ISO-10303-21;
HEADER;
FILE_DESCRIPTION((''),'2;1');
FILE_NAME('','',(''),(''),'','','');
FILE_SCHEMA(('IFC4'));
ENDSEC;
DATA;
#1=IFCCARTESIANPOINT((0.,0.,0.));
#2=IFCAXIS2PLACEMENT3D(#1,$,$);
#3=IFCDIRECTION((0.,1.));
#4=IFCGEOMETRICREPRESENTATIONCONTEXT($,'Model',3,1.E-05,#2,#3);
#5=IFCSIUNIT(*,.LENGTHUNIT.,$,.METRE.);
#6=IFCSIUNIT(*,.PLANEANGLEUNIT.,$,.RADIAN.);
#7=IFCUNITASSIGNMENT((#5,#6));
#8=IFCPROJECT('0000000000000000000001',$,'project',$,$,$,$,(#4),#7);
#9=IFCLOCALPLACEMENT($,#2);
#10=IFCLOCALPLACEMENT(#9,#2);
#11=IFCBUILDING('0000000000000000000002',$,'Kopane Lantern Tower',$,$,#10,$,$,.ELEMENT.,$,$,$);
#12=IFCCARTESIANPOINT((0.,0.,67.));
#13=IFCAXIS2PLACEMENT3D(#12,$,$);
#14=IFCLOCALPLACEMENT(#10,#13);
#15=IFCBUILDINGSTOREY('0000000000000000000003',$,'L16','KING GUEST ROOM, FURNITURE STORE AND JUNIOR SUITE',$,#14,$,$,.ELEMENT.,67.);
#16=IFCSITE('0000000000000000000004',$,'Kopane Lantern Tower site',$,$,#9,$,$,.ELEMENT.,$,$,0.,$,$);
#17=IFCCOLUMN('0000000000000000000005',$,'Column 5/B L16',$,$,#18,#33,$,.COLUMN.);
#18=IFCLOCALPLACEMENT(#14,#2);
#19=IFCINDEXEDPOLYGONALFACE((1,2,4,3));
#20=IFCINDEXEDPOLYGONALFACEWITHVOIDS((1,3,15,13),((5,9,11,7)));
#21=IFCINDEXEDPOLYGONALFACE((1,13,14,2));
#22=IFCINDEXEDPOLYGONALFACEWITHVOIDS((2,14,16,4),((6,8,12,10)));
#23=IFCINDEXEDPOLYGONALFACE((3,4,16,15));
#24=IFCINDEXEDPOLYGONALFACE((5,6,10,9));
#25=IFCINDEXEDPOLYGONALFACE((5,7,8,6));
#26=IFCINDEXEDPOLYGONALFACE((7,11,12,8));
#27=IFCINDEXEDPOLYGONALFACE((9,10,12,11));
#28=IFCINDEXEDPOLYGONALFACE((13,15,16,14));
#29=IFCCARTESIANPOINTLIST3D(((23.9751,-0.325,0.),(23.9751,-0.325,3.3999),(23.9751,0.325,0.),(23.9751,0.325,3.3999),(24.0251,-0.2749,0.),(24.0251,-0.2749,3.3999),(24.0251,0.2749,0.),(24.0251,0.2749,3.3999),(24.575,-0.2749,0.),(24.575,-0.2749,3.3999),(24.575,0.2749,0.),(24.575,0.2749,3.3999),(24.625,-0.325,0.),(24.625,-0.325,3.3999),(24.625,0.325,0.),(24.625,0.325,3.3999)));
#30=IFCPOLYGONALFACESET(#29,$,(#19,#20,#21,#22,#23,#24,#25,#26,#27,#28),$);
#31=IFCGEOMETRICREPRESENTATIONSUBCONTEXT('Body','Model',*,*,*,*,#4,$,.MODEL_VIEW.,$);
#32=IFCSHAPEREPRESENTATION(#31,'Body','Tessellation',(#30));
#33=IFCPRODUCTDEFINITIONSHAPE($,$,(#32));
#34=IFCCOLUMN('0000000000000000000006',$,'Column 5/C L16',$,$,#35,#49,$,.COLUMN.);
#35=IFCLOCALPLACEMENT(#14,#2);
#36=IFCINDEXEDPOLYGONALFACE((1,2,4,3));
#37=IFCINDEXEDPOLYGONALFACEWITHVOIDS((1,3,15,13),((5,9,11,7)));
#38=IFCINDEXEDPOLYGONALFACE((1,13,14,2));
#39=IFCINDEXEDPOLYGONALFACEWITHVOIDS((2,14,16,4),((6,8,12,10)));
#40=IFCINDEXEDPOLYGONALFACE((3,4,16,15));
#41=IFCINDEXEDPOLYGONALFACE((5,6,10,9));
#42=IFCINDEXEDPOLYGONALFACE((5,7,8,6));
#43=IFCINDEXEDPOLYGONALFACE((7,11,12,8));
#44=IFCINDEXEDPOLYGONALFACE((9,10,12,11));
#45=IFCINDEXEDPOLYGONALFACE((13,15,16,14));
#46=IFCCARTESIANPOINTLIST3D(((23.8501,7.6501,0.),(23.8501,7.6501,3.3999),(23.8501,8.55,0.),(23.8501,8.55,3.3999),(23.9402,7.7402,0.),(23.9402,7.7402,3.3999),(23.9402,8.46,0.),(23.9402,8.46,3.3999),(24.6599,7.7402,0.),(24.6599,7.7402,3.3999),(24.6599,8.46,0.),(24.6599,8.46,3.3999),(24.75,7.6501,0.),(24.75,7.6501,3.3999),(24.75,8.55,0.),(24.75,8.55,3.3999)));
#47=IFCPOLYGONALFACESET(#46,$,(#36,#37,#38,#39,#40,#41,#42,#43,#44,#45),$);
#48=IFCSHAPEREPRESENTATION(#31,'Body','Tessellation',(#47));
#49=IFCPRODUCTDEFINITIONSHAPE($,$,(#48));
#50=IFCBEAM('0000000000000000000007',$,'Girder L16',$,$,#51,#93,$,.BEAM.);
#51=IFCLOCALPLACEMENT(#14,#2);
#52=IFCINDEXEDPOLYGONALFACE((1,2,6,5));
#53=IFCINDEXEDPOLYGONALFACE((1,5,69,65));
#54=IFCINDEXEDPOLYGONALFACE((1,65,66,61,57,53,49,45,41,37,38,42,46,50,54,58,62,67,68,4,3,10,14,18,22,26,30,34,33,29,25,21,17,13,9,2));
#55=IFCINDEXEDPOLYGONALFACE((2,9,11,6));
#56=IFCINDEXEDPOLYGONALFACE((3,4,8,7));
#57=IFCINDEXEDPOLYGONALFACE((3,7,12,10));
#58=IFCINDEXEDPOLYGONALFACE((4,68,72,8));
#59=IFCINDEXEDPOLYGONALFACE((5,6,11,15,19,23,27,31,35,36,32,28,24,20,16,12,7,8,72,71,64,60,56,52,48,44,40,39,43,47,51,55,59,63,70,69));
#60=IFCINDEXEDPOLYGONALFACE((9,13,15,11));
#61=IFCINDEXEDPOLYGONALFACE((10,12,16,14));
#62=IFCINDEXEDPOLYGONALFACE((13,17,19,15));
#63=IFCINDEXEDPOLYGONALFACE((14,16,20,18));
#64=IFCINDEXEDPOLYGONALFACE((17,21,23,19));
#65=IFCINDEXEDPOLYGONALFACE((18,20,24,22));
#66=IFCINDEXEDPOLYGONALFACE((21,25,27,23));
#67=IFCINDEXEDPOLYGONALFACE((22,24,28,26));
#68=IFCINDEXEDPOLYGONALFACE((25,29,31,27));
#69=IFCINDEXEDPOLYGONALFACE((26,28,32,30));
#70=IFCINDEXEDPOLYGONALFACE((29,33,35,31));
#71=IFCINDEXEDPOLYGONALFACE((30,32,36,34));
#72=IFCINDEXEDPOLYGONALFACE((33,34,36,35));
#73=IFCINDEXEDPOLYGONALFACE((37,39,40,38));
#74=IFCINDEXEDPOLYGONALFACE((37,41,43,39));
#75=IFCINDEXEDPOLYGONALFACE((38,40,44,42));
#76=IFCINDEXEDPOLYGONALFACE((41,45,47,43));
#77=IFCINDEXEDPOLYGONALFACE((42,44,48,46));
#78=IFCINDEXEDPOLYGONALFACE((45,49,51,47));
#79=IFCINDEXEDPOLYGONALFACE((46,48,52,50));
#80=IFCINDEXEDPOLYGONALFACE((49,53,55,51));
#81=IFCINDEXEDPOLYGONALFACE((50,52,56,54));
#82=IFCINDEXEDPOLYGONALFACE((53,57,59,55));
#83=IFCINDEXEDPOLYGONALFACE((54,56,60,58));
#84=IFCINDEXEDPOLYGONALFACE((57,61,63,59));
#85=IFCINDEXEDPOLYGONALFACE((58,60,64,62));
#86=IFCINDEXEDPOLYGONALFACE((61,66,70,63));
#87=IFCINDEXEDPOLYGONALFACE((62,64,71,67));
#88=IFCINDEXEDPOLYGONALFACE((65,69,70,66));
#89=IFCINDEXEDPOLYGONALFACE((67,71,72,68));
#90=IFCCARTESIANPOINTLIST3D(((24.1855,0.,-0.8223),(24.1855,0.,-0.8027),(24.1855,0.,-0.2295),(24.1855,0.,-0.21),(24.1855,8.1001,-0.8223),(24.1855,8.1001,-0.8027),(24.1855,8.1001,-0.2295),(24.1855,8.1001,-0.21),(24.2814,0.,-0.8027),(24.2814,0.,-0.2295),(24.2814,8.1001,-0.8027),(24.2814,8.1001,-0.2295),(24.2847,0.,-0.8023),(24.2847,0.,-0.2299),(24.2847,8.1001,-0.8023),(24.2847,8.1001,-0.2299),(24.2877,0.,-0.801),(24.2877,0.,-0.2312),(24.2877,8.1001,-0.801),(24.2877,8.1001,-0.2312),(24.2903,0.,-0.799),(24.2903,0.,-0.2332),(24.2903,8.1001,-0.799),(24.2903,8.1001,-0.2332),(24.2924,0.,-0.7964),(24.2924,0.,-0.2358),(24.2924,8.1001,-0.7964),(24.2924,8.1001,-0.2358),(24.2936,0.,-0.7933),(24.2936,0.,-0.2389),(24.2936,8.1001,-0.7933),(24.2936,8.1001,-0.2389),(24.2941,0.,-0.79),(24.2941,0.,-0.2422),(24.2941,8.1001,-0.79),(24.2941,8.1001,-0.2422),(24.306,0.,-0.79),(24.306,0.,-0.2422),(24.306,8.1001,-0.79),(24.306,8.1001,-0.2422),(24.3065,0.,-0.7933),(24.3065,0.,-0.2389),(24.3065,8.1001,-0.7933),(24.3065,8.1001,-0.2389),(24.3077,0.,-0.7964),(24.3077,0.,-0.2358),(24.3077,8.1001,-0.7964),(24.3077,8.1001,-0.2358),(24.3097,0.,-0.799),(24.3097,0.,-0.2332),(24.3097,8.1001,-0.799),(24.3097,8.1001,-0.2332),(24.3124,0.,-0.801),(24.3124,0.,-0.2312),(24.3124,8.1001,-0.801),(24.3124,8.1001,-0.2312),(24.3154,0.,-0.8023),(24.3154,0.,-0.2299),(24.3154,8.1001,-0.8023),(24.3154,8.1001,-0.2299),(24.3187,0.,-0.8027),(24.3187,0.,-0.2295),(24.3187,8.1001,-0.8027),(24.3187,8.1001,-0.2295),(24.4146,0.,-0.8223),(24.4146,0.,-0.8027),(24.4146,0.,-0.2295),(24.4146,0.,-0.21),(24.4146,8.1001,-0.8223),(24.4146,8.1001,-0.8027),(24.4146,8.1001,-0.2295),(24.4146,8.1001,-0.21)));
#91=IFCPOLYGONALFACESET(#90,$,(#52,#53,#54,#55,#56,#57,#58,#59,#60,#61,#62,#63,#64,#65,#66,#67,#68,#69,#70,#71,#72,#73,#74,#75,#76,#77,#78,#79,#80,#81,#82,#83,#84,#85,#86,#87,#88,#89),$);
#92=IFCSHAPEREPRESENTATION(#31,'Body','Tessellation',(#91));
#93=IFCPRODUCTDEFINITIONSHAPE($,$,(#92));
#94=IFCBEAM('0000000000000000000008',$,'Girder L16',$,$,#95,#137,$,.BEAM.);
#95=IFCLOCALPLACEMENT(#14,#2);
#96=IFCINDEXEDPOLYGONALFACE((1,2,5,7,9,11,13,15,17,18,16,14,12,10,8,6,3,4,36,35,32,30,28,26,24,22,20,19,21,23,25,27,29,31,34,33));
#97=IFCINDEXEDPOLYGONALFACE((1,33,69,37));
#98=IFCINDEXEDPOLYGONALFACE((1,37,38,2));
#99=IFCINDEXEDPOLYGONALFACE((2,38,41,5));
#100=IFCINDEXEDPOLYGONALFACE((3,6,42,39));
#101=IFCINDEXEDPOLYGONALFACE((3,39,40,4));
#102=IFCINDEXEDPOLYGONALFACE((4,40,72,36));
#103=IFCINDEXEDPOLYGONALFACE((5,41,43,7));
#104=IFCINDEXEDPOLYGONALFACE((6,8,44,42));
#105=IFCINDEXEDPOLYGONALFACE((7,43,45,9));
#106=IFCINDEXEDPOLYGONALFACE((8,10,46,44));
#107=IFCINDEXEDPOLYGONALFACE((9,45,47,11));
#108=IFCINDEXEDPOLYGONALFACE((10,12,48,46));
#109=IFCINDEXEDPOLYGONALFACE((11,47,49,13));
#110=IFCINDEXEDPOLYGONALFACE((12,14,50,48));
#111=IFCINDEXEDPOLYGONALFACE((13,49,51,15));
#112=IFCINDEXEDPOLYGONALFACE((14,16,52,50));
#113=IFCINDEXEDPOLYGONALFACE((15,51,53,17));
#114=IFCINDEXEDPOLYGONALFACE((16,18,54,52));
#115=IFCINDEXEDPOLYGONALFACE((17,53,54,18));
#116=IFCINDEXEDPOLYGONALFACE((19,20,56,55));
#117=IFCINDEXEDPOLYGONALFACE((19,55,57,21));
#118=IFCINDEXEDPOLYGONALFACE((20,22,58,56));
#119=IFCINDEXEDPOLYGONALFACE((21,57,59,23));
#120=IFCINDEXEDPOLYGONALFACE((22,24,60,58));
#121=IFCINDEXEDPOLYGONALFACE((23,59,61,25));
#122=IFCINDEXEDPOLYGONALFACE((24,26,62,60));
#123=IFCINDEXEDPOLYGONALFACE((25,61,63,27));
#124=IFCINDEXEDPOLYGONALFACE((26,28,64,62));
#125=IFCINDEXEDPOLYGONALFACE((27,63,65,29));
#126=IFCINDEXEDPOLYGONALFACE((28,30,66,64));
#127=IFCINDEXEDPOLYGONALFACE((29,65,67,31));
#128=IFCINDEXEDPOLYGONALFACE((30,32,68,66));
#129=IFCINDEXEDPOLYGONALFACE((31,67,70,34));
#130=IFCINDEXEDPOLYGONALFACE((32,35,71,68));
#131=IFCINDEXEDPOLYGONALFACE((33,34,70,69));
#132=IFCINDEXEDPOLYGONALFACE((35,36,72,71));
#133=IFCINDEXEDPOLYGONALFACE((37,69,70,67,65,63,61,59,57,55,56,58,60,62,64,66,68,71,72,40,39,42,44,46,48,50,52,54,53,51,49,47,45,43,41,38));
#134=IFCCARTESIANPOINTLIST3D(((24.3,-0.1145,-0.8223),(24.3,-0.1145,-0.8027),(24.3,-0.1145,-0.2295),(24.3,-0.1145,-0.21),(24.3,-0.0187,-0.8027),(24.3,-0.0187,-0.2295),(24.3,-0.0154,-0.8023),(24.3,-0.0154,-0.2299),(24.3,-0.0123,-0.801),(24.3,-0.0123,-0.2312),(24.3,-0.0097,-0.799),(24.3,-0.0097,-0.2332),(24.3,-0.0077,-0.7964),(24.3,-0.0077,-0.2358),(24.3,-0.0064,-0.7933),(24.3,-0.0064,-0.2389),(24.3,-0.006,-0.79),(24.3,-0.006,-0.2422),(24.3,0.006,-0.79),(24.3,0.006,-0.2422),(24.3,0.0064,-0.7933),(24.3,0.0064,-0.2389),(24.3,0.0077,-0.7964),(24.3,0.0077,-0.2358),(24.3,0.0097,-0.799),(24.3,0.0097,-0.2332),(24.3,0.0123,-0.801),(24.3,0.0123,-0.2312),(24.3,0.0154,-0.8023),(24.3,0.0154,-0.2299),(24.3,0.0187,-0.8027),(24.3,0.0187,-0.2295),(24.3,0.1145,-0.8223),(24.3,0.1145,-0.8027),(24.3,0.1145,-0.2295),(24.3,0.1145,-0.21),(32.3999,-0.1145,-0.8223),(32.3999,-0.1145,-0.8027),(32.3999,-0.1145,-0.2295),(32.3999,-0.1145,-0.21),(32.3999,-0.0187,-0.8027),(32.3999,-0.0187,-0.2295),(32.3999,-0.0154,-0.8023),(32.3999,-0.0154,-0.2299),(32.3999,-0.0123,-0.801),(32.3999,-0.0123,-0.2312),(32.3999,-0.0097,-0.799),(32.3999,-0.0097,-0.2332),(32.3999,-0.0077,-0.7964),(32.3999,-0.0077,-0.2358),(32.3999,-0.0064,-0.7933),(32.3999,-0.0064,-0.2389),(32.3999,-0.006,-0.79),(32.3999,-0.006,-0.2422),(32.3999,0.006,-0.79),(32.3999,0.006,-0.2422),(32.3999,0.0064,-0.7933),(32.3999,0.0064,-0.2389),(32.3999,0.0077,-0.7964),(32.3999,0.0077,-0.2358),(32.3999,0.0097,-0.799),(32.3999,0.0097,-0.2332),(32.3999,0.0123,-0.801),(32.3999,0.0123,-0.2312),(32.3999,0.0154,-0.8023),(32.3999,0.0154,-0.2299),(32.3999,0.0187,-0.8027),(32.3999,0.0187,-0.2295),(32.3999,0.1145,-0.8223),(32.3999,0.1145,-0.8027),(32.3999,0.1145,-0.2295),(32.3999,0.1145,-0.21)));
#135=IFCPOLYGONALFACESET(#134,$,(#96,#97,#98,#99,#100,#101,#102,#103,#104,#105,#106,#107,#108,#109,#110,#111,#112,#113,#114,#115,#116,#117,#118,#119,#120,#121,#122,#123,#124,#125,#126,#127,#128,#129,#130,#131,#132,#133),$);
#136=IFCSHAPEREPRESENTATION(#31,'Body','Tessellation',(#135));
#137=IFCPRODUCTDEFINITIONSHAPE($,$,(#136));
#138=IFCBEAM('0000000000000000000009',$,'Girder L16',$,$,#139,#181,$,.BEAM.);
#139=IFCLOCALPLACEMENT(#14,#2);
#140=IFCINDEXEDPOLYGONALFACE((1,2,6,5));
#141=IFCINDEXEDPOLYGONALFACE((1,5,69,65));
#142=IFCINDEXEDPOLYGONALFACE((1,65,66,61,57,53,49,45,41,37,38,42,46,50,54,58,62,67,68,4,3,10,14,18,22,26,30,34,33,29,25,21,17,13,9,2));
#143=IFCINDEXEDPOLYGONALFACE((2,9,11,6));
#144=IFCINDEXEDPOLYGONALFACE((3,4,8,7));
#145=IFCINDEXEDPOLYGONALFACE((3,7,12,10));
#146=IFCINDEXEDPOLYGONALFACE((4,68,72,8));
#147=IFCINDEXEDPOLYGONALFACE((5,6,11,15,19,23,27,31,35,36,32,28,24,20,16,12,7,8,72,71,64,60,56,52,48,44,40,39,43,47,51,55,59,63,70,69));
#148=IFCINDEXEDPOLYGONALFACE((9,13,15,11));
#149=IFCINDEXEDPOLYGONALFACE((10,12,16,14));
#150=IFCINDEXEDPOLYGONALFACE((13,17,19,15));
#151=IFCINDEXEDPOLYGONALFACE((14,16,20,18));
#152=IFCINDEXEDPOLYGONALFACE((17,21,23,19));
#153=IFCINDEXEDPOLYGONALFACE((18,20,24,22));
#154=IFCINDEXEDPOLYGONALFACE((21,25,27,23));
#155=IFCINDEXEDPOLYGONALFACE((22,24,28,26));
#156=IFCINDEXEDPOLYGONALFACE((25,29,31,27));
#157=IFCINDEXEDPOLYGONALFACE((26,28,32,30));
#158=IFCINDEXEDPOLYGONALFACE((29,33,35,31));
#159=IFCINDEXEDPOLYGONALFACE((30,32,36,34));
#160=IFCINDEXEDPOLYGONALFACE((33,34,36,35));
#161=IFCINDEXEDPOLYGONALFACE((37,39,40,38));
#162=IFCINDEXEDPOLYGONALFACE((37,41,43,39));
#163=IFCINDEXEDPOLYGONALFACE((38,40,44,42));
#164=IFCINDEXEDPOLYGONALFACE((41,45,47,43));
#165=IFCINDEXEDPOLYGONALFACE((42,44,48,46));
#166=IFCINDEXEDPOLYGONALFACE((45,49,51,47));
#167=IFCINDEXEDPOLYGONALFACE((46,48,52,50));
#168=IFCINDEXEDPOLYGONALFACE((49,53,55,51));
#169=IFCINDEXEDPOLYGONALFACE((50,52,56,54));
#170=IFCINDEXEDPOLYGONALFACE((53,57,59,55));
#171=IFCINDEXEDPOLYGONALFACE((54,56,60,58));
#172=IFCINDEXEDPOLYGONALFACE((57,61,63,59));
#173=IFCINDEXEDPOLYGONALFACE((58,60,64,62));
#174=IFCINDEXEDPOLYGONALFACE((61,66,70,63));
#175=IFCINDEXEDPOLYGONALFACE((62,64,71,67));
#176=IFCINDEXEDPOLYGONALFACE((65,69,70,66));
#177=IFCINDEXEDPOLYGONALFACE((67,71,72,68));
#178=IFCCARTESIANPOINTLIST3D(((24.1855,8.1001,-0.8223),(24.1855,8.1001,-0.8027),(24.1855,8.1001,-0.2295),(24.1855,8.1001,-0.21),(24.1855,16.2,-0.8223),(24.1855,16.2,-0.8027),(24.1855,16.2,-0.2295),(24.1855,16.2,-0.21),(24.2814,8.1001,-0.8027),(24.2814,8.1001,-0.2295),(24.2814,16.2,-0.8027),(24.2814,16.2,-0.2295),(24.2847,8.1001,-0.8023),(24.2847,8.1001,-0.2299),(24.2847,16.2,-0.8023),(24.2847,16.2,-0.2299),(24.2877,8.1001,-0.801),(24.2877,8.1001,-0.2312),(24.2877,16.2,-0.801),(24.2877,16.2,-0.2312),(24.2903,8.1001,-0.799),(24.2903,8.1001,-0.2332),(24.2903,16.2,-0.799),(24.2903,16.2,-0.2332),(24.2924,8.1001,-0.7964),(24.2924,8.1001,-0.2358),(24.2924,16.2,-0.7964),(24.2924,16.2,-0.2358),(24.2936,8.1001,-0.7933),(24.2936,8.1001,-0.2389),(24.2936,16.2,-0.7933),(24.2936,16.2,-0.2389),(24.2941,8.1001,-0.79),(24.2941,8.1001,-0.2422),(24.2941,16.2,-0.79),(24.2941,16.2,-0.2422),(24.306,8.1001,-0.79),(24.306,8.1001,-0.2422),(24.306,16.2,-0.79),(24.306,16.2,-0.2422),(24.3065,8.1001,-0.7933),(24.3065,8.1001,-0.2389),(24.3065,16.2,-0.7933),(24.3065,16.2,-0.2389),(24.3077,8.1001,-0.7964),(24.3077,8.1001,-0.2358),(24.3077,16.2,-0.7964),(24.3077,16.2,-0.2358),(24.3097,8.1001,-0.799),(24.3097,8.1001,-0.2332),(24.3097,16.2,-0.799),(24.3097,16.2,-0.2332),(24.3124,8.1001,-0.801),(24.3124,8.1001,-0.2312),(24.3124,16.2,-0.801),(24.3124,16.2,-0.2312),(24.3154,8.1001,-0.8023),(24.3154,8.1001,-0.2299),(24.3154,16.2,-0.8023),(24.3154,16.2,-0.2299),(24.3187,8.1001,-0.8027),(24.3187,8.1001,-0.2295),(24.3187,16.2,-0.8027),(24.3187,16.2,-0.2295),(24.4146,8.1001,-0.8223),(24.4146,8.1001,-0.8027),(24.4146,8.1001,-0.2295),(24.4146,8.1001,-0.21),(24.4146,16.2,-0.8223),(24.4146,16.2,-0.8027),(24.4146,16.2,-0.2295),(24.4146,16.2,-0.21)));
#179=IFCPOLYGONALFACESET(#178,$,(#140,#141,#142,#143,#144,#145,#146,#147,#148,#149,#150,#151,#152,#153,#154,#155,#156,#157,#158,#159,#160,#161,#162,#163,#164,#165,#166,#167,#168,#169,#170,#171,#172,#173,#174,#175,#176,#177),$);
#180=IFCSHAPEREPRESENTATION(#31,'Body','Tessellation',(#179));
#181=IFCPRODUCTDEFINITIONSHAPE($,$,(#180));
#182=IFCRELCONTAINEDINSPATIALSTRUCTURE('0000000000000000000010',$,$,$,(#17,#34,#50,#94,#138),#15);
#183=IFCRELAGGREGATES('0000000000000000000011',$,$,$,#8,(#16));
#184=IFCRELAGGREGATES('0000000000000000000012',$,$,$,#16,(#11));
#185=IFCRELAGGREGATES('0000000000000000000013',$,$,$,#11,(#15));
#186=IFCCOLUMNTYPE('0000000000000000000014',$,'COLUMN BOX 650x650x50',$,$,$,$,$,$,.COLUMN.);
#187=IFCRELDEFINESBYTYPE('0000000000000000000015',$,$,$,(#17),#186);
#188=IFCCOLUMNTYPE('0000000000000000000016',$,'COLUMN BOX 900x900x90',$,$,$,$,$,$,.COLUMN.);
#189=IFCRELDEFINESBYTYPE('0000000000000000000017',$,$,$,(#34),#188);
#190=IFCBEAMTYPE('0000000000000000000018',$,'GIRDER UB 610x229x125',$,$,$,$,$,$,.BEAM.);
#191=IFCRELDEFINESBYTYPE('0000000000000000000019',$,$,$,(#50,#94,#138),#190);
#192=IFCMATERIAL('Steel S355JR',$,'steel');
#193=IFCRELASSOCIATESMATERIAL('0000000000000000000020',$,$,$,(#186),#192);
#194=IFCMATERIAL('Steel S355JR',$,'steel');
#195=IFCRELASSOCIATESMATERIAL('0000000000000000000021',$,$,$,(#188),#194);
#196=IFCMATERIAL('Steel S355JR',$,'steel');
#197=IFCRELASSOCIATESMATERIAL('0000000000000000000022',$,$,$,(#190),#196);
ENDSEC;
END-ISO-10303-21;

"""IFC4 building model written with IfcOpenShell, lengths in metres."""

from ifc_helpers import new_model, si_unit, direction, frame, origin, origin_2d, place, context, subcontext, project, spatial, hollow_rectangle, i_section, extrude, material, material_profile, profile_set, type_object, element, save


model = new_model("IFC4")

# Units and contexts
model_context = context("Model", 3, precision=1e-05, world=origin(), true_north=direction((0.0, 1.0)))
body_context = subcontext(model_context, "Body", "Model", "MODEL_VIEW")
ifc_project = project(units=[si_unit("LENGTHUNIT", "METRE"), si_unit("PLANEANGLEUNIT", "RADIAN")], contexts=[model_context])

# Site, building, storey
site_placement = place(None, origin())
site = spatial("IfcSite", under=ifc_project, at=site_placement, Name="Kopane Lantern Tower site", CompositionType="ELEMENT", RefElevation=0.0)
building_placement = place(site_placement, origin())
building = spatial("IfcBuilding", under=site, at=building_placement, Name="Kopane Lantern Tower", CompositionType="ELEMENT")
storey_placement = place(building_placement, frame((0.0, 0.0, 67.0)))
storey = spatial("IfcBuildingStorey", under=building, at=storey_placement, Name="L16", Description="KING GUEST ROOM, FURNITURE STORE AND JUNIOR SUITE", CompositionType="ELEMENT", Elevation=67.0)

# Columns
ifc_material_1 = material(Name="Steel S355JR", Category="steel")
ifc_material_profile_1 = material_profile(ifc_material_1, hollow_rectangle(XDim=0.6499, YDim=0.6499, WallThickness=0.05, at=origin_2d()), Name="BOX 650x650x50")
ifc_profile_set_1 = profile_set([ifc_material_profile_1], Name="Steel S355JR")
column_type_1 = type_object("IfcColumnType", Name="COLUMN BOX 650x650x50", PredefinedType="COLUMN", material=ifc_profile_set_1)
column_1_placement = place(storey_placement, frame((24.3, 0.0, 0.0), z_axis=(0.0, 0.0, 1.0), x_axis=(1.0, 0.0, 0.0)))
element("IfcColumn", 1, at=column_1_placement, inside=storey, type_object=column_type_1, Name="Column 5/B L16", PredefinedType="COLUMN", context=body_context, shape_type="SweptSolid", body=[
    extrude(hollow_rectangle(XDim=0.6499, YDim=0.6499, WallThickness=0.05, at=origin_2d()), origin(), (0.0, 0.0, 1.0), 3.3999),
])
ifc_material_2 = material(Name="Steel S355JR", Category="steel")
ifc_material_profile_2 = material_profile(ifc_material_2, hollow_rectangle(XDim=0.8999, YDim=0.8999, WallThickness=0.0901, at=origin_2d()), Name="BOX 900x900x90")
ifc_profile_set_2 = profile_set([ifc_material_profile_2], Name="Steel S355JR")
column_type_2 = type_object("IfcColumnType", Name="COLUMN BOX 900x900x90", PredefinedType="COLUMN", material=ifc_profile_set_2)
column_2_placement = place(storey_placement, frame((24.3, 8.1001, 0.0), z_axis=(0.0, 0.0, 1.0), x_axis=(1.0, 0.0, 0.0)))
element("IfcColumn", 2, at=column_2_placement, inside=storey, type_object=column_type_2, Name="Column 5/C L16", PredefinedType="COLUMN", context=body_context, shape_type="SweptSolid", body=[
    extrude(hollow_rectangle(XDim=0.8999, YDim=0.8999, WallThickness=0.0901, at=origin_2d()), origin(), (0.0, 0.0, 1.0), 3.3999),
])

# Beams
ifc_material_3 = material(Name="Steel S355JR", Category="steel")
ifc_material_profile_3 = material_profile(ifc_material_3, i_section(OverallWidth=0.229, OverallDepth=0.6123, WebThickness=0.012, FlangeThickness=0.0195, FilletRadius=0.0127, at=origin_2d()), Name="UB 610x229x125")
ifc_profile_set_3 = profile_set([ifc_material_profile_3], Name="Steel S355JR")
beam_type = type_object("IfcBeamType", Name="GIRDER UB 610x229x125", PredefinedType="BEAM", material=ifc_profile_set_3)
beam_placement = place(storey_placement, frame((24.3, 0.0, -0.5161), z_axis=(0.0, 1.0, 0.0), x_axis=(-1.0, 0.0, 0.0)))
element("IfcBeam", 3, at=beam_placement, inside=storey, type_object=beam_type, Name="Girder L16", PredefinedType="BEAM", context=body_context, shape_type="SweptSolid", body=[
    extrude(i_section(OverallWidth=0.229, OverallDepth=0.6123, WebThickness=0.012, FlangeThickness=0.0195, FilletRadius=0.0127, at=origin_2d()), origin(), (0.0, 0.0, 1.0), 8.1001),
])
for number, where, z_axis, x_axis, name in (
    (4, (24.3, 0.0, -0.5161), (1.0, 0.0, 0.0), (0.0, 1.0, 0.0), "Girder L16"),
    (5, (24.3, 8.1001, -0.5161), (0.0, 1.0, 0.0), (-1.0, 0.0, 0.0), "Girder L16"),
):
    element("IfcBeam", number, at=place(storey_placement, frame(where, z_axis=z_axis, x_axis=x_axis)), inside=storey, type_object=beam_type, Name=name, PredefinedType="BEAM", context=body_context, shape_type="SweptSolid", body=[
        extrude(i_section(OverallWidth=0.229, OverallDepth=0.6123, WebThickness=0.012, FlangeThickness=0.0195, FilletRadius=0.0127, at=origin_2d()), origin(), (0.0, 0.0, 1.0), 8.0999),
    ])

save(model, "model.ifc")
